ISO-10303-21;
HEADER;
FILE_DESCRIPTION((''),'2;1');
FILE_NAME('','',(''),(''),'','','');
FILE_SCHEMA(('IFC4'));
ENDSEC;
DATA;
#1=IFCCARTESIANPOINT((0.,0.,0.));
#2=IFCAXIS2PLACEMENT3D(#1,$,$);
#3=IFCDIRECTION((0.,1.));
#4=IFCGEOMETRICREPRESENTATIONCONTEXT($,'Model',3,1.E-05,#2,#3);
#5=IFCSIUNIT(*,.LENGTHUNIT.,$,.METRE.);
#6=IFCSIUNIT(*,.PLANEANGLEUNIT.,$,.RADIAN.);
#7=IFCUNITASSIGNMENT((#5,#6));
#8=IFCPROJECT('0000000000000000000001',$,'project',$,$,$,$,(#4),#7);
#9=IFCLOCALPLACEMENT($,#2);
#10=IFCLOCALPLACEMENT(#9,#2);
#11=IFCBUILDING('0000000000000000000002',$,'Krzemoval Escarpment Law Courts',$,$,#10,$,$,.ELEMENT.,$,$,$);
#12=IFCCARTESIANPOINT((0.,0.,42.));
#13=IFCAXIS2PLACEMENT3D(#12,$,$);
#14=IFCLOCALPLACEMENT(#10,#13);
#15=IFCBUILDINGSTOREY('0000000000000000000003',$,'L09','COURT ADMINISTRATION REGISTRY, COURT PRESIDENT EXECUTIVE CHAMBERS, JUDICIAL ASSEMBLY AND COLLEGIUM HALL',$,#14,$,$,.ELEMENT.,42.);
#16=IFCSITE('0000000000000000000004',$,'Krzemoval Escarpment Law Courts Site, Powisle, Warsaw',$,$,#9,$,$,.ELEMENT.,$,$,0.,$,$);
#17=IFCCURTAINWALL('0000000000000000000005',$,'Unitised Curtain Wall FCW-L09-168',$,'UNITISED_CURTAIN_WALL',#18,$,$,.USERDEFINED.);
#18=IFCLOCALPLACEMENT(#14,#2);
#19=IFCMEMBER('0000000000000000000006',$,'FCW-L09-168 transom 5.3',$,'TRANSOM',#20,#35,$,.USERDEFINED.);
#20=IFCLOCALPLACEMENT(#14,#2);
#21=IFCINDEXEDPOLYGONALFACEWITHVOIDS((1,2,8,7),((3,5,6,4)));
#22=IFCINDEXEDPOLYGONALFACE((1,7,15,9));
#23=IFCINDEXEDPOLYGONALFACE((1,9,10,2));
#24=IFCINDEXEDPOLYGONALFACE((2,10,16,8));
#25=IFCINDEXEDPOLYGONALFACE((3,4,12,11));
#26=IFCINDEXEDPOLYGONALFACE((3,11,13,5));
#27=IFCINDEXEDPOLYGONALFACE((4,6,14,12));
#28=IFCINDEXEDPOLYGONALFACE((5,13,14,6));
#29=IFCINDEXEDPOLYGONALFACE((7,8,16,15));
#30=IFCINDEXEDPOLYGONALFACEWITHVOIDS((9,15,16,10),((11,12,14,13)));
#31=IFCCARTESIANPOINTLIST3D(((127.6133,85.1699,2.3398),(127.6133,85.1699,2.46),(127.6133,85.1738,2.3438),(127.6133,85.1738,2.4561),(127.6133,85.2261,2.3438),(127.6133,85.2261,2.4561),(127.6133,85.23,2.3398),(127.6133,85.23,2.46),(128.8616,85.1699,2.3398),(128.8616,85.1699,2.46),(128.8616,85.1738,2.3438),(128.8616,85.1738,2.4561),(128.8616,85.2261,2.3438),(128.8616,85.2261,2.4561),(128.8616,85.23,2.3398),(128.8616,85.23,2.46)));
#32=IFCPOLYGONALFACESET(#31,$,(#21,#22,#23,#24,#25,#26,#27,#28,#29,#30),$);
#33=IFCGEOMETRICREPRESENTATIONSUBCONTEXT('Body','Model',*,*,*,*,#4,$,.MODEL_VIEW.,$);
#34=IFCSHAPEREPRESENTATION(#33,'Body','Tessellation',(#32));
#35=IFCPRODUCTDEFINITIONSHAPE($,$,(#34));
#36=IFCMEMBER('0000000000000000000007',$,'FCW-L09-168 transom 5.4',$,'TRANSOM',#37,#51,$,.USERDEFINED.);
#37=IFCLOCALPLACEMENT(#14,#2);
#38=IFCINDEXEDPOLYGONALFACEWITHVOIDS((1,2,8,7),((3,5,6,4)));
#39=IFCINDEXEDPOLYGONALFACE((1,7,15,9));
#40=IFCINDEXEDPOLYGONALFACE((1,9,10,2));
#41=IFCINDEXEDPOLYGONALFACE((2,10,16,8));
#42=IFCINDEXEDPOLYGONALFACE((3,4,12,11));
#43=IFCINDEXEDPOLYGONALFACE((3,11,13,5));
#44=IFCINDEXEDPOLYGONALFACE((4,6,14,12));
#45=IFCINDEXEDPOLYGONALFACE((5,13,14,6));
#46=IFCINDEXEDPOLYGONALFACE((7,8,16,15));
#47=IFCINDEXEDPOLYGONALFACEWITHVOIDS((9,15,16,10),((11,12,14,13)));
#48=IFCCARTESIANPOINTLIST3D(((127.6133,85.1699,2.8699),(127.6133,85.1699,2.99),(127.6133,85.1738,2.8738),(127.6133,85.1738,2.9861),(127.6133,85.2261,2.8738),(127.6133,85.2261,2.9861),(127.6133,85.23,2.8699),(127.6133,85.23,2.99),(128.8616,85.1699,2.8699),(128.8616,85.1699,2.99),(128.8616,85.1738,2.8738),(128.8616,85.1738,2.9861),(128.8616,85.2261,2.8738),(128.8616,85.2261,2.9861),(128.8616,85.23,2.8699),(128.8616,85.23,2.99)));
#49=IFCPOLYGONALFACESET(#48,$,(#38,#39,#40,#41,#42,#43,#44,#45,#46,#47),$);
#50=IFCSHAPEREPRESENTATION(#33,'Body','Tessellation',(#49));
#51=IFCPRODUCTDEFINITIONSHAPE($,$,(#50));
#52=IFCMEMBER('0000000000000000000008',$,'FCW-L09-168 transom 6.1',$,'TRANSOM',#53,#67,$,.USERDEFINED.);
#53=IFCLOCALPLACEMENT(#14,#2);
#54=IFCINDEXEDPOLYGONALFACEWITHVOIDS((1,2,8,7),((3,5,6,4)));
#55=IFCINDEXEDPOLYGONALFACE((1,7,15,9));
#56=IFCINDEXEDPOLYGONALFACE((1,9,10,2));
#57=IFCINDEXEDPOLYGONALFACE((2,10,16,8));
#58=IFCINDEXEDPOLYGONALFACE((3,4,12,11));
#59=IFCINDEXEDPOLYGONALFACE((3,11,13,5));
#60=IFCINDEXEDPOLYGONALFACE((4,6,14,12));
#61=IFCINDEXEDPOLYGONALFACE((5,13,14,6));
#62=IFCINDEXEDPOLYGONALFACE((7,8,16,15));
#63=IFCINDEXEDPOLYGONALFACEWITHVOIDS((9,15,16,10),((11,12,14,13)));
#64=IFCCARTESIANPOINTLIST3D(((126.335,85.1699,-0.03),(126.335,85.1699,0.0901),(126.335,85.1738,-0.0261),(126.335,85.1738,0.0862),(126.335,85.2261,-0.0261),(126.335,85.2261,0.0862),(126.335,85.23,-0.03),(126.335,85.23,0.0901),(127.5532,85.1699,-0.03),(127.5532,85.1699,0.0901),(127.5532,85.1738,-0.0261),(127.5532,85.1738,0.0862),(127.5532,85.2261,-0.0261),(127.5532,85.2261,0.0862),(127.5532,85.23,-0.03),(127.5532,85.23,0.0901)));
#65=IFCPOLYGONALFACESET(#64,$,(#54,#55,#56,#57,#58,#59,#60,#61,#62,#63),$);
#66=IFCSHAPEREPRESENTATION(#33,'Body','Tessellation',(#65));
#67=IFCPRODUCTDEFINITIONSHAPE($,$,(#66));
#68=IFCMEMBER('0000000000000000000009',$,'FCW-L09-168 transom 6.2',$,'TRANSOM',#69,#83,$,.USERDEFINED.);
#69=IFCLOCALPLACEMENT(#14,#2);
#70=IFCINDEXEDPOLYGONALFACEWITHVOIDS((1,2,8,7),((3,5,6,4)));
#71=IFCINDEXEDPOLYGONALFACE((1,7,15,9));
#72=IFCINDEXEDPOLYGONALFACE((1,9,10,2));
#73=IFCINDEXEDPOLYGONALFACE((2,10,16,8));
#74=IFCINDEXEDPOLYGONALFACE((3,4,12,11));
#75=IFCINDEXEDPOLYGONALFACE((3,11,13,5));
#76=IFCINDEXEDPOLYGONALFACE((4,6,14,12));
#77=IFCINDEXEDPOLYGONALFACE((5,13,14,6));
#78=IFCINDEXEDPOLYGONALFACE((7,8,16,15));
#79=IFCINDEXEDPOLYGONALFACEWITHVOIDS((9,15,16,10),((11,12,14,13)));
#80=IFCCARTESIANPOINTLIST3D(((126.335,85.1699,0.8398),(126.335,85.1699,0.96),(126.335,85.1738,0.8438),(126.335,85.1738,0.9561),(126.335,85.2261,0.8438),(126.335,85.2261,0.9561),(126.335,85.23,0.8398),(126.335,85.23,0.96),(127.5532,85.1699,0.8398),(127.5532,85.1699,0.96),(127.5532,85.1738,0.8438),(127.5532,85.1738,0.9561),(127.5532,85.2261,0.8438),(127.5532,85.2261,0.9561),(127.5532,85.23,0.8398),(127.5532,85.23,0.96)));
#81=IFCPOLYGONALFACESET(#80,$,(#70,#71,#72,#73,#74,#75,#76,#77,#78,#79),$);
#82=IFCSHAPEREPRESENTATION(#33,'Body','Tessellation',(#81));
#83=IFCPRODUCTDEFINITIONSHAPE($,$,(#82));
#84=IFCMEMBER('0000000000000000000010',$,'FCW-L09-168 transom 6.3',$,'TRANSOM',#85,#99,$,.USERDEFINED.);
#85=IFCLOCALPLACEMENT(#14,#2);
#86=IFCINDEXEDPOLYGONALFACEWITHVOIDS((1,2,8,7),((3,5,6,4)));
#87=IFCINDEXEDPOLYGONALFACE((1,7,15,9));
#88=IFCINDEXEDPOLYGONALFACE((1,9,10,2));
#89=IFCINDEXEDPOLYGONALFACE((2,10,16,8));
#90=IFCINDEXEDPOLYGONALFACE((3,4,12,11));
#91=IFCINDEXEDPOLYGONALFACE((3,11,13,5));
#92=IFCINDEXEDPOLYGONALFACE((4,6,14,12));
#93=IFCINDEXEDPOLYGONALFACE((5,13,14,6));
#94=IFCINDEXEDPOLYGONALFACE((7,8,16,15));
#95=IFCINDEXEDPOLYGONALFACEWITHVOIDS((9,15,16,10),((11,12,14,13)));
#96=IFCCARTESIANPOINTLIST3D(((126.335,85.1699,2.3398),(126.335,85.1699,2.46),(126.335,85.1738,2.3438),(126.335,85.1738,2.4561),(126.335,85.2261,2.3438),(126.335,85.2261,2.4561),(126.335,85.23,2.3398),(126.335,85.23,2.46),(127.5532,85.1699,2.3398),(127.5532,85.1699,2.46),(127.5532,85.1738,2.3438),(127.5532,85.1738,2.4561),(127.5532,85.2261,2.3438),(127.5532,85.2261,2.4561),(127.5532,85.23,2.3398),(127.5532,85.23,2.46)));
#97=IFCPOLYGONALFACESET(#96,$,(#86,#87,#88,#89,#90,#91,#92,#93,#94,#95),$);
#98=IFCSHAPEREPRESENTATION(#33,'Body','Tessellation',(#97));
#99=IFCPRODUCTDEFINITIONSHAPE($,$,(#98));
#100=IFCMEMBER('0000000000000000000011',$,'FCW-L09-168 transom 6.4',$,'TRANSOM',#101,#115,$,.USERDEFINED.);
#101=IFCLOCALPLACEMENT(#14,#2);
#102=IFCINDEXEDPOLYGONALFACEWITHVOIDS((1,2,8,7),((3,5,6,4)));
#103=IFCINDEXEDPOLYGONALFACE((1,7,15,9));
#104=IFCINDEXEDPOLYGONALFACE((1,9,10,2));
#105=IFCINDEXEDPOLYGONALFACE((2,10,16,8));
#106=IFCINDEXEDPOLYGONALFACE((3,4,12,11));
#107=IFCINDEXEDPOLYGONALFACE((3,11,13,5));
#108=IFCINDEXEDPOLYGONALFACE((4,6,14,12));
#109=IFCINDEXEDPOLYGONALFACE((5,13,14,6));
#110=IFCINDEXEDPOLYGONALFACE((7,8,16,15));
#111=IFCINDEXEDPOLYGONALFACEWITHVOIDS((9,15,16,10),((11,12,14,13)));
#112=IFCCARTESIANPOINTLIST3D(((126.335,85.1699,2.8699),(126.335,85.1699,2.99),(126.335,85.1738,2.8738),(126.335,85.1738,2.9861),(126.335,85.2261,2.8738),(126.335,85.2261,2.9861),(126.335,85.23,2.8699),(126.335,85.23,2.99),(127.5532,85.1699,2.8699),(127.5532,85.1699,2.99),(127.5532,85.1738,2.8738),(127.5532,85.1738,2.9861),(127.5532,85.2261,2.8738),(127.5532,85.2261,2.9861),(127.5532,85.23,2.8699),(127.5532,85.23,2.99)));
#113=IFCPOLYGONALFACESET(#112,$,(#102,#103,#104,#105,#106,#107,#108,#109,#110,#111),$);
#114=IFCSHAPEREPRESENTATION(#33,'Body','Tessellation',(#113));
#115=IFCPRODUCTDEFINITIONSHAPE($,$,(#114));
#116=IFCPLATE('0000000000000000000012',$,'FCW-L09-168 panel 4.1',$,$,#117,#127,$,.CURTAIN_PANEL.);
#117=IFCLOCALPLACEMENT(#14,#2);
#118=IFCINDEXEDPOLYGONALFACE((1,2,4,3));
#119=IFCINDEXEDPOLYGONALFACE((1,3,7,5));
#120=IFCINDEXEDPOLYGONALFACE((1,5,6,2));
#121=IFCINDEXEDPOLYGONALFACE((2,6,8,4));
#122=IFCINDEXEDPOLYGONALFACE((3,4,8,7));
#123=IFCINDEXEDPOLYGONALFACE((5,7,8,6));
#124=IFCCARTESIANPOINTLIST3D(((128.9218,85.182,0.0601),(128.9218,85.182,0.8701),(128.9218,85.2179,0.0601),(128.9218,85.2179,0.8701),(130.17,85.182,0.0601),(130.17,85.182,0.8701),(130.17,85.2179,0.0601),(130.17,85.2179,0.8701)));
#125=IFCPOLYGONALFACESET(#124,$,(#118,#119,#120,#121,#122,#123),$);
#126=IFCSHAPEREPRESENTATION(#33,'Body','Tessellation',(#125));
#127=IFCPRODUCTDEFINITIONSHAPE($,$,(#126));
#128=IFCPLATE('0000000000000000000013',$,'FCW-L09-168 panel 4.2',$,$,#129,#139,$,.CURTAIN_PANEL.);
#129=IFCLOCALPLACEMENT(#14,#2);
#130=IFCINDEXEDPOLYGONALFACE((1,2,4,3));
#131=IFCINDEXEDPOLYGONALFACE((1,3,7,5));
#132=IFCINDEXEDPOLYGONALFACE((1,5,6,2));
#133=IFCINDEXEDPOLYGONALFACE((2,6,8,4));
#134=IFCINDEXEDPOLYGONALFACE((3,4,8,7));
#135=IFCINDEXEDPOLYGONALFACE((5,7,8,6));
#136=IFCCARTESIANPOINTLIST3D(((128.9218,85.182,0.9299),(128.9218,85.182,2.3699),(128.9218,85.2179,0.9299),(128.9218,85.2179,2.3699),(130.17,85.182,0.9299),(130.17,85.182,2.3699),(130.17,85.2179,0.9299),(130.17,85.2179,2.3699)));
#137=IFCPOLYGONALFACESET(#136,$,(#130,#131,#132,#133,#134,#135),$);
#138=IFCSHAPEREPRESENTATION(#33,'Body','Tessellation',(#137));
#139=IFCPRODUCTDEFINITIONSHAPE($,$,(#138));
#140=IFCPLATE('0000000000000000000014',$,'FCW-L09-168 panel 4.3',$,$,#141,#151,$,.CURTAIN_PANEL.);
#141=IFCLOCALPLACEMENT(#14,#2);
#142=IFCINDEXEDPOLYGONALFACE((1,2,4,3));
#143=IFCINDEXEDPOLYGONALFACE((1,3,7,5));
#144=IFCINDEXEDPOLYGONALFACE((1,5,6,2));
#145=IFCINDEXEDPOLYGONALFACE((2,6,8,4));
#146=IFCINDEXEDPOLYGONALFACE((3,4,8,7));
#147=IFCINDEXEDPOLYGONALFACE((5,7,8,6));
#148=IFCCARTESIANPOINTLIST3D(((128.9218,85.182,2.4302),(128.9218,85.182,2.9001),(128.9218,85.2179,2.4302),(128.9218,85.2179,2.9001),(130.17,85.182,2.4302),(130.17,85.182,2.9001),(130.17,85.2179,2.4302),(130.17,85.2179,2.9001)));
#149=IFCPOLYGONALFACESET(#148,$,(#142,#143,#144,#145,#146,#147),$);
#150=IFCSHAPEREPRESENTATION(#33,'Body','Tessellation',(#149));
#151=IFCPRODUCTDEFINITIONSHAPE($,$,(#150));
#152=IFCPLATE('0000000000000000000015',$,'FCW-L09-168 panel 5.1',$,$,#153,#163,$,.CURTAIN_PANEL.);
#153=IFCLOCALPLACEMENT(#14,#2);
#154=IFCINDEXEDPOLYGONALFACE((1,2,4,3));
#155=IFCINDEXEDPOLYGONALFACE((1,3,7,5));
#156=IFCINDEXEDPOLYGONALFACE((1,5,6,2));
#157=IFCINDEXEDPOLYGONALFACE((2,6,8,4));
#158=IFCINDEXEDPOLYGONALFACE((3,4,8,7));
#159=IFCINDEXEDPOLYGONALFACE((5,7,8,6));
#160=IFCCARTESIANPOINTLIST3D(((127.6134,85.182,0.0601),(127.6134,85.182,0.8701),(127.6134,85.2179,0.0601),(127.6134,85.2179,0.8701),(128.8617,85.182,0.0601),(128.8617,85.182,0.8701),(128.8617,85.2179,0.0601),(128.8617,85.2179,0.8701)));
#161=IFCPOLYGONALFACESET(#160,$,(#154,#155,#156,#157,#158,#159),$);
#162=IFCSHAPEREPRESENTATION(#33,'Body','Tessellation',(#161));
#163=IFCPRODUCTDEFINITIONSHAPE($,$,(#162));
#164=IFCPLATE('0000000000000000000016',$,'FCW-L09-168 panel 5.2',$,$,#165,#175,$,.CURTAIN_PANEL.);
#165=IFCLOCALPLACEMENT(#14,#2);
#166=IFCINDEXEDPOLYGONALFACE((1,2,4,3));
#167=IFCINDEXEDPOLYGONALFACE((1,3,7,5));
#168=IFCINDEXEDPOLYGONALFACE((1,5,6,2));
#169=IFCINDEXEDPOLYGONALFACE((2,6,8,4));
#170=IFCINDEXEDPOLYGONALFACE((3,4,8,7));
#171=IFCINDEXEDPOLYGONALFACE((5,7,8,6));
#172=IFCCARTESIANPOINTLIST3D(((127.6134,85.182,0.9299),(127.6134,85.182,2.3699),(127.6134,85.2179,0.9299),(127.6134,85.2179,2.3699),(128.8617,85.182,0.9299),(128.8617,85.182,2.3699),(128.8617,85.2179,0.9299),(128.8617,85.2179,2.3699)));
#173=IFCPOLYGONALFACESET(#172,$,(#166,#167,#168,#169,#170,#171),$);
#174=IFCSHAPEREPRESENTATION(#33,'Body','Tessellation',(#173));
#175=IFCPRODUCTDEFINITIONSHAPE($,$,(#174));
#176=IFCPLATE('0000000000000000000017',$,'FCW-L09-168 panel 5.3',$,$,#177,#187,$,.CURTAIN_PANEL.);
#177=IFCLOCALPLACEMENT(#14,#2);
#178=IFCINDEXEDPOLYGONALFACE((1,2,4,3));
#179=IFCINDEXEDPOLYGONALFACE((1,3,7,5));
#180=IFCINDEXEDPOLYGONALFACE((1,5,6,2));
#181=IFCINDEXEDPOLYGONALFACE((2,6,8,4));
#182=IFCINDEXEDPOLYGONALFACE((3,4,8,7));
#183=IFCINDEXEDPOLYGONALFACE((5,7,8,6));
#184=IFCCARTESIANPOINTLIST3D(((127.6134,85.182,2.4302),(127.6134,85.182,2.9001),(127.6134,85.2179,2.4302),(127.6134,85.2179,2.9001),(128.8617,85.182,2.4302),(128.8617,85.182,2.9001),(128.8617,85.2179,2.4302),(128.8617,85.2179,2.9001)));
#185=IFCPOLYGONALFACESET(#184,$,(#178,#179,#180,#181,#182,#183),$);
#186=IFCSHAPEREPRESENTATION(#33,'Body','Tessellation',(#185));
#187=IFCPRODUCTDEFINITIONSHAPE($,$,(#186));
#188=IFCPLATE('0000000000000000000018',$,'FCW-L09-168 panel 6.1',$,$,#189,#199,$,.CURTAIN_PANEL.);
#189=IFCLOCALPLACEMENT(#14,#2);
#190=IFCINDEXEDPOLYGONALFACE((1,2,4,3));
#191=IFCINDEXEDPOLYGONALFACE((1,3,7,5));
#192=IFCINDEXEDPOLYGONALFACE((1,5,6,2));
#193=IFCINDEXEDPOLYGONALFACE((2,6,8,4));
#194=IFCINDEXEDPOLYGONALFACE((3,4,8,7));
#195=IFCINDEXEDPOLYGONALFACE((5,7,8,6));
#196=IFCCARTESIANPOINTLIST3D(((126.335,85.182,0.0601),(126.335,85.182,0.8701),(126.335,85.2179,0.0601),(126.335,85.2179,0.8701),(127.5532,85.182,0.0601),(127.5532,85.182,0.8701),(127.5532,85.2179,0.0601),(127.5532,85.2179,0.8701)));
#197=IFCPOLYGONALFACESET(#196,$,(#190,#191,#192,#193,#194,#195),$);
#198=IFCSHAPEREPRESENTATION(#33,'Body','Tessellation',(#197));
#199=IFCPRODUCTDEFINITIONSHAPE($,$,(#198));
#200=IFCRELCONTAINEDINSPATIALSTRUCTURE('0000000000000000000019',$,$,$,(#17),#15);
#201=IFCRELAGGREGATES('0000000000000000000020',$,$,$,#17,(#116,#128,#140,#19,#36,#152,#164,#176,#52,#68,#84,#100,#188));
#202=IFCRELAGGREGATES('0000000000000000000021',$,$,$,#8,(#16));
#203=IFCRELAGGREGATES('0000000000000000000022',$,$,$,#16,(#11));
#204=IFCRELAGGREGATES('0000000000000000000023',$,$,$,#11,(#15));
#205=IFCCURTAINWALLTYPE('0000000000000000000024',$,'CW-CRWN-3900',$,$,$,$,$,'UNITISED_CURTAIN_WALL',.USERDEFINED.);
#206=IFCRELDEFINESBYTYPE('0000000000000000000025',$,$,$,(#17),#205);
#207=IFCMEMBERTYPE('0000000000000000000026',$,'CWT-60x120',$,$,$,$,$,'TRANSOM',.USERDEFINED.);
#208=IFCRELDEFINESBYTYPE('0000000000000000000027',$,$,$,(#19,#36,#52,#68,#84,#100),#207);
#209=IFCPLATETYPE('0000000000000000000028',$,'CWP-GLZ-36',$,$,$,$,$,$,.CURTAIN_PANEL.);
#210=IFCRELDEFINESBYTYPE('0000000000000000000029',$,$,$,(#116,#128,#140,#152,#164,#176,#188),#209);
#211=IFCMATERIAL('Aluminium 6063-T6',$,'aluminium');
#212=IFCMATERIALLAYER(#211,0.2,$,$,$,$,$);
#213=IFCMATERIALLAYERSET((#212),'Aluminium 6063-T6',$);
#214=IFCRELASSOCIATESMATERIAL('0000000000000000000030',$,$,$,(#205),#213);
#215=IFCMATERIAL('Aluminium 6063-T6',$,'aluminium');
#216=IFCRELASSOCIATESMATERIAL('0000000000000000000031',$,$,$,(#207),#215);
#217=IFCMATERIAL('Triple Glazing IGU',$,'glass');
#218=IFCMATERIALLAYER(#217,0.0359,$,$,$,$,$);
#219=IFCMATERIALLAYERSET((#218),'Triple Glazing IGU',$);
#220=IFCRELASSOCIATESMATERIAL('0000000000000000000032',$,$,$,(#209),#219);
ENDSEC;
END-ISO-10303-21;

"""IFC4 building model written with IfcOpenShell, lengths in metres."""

from ifc_helpers import new_model, si_unit, direction, frame, origin, origin_2d, place, context, subcontext, project, spatial, rectangle, hollow_rectangle, extrude, material, layer, layer_set, material_profile, profile_set, type_object, element, aggregate, save


model = new_model("IFC4")

# Units and contexts
model_context = context("Model", 3, precision=1e-05, world=origin(), true_north=direction((0.0, 1.0)))
body_context = subcontext(model_context, "Body", "Model", "MODEL_VIEW")
ifc_project = project(units=[si_unit("LENGTHUNIT", "METRE"), si_unit("PLANEANGLEUNIT", "RADIAN")], contexts=[model_context])

# Site, building, storey
site_placement = place(None, origin())
site = spatial("IfcSite", under=ifc_project, at=site_placement, Name="Krzemoval Escarpment Law Courts Site, Powisle, Warsaw", CompositionType="ELEMENT", RefElevation=0.0)
building_placement = place(site_placement, origin())
building = spatial("IfcBuilding", under=site, at=building_placement, Name="Krzemoval Escarpment Law Courts", CompositionType="ELEMENT")
storey_placement = place(building_placement, frame((0.0, 0.0, 42.0)))
storey = spatial("IfcBuildingStorey", under=building, at=storey_placement, Name="L09", Description="COURT ADMINISTRATION REGISTRY, COURT PRESIDENT EXECUTIVE CHAMBERS, JUDICIAL ASSEMBLY AND COLLEGIUM HALL", CompositionType="ELEMENT", Elevation=42.0)

# Curtain wall, members, plates
ifc_material_1 = material(Name="Aluminium 6063-T6", Category="aluminium")
ifc_layer_1 = layer(ifc_material_1, 0.2)
ifc_layer_set_1 = layer_set([ifc_layer_1], Name="Aluminium 6063-T6")
curtain_wall_type = type_object("IfcCurtainWallType", Name="CW-CRWN-3900", ElementType="UNITISED_CURTAIN_WALL", PredefinedType="USERDEFINED", material=ifc_layer_set_1)
curtain_wall_placement = place(storey_placement, origin())
curtain_wall = element("IfcCurtainWall", 1, at=curtain_wall_placement, inside=storey, type_object=curtain_wall_type, Name="Unitised Curtain Wall FCW-L09-168", ObjectType="UNITISED_CURTAIN_WALL", PredefinedType="USERDEFINED")
ifc_material_2 = material(Name="Aluminium 6063-T6", Category="aluminium")
ifc_material_profile_1 = material_profile(ifc_material_2, hollow_rectangle(XDim=0.0601, YDim=0.1201, WallThickness=0.0039, at=origin_2d()), Name="ALU T60x120")
ifc_profile_set_1 = profile_set([ifc_material_profile_1], Name="Aluminium 6063-T6")
member_type_1 = type_object("IfcMemberType", Name="CWT-60x120", ElementType="TRANSOM", PredefinedType="USERDEFINED", material=ifc_profile_set_1)
member_1_placement = place(storey_placement, frame((128.8616, 85.2, 2.3999), z_axis=(-1.0, 0.0, 0.0), x_axis=(0.0, -1.0, 0.0)))
member_1 = element("IfcMember", 2, at=member_1_placement, type_object=member_type_1, Name="FCW-L09-168 transom 5.3", ObjectType="TRANSOM", PredefinedType="USERDEFINED", context=body_context, shape_type="SweptSolid", body=[
    extrude(hollow_rectangle(XDim=0.0601, YDim=0.1201, WallThickness=0.0039, at=origin_2d()), origin(), (0.0, 0.0, 1.0), 1.2483),
])
member_2_placement = place(storey_placement, frame((128.8616, 85.2, 2.9299), z_axis=(-1.0, 0.0, 0.0), x_axis=(0.0, -1.0, 0.0)))
member_2 = element("IfcMember", 3, at=member_2_placement, type_object=member_type_1, Name="FCW-L09-168 transom 5.4", ObjectType="TRANSOM", PredefinedType="USERDEFINED", context=body_context, shape_type="SweptSolid", body=[
    extrude(hollow_rectangle(XDim=0.0601, YDim=0.1201, WallThickness=0.0039, at=origin_2d()), origin(), (0.0, 0.0, 1.0), 1.2483),
])
member_3_placement = place(storey_placement, frame((127.5532, 85.2, 0.03), z_axis=(-1.0, 0.0, 0.0), x_axis=(0.0, -1.0, 0.0)))
member_3 = element("IfcMember", 4, at=member_3_placement, type_object=member_type_1, Name="FCW-L09-168 transom 6.1", ObjectType="TRANSOM", PredefinedType="USERDEFINED", context=body_context, shape_type="SweptSolid", body=[
    extrude(hollow_rectangle(XDim=0.0601, YDim=0.1201, WallThickness=0.0039, at=origin_2d()), origin(), (0.0, 0.0, 1.0), 1.2183),
])
member_4_placement = place(storey_placement, frame((127.5532, 85.2, 0.8999), z_axis=(-1.0, 0.0, 0.0), x_axis=(0.0, -1.0, 0.0)))
member_4 = element("IfcMember", 5, at=member_4_placement, type_object=member_type_1, Name="FCW-L09-168 transom 6.2", ObjectType="TRANSOM", PredefinedType="USERDEFINED", context=body_context, shape_type="SweptSolid", body=[
    extrude(hollow_rectangle(XDim=0.0601, YDim=0.1201, WallThickness=0.0039, at=origin_2d()), origin(), (0.0, 0.0, 1.0), 1.2183),
])
member_5_placement = place(storey_placement, frame((127.5532, 85.2, 2.3999), z_axis=(-1.0, 0.0, 0.0), x_axis=(0.0, -1.0, 0.0)))
member_5 = element("IfcMember", 6, at=member_5_placement, type_object=member_type_1, Name="FCW-L09-168 transom 6.3", ObjectType="TRANSOM", PredefinedType="USERDEFINED", context=body_context, shape_type="SweptSolid", body=[
    extrude(hollow_rectangle(XDim=0.0601, YDim=0.1201, WallThickness=0.0039, at=origin_2d()), origin(), (0.0, 0.0, 1.0), 1.2183),
])
member_6_placement = place(storey_placement, frame((127.5532, 85.2, 2.9299), z_axis=(-1.0, 0.0, 0.0), x_axis=(0.0, -1.0, 0.0)))
member_6 = element("IfcMember", 7, at=member_6_placement, type_object=member_type_1, Name="FCW-L09-168 transom 6.4", ObjectType="TRANSOM", PredefinedType="USERDEFINED", context=body_context, shape_type="SweptSolid", body=[
    extrude(hollow_rectangle(XDim=0.0601, YDim=0.1201, WallThickness=0.0039, at=origin_2d()), origin(), (0.0, 0.0, 1.0), 1.2183),
])
ifc_material_3 = material(Name="Triple Glazing IGU", Category="glass")
ifc_layer_2 = layer(ifc_material_3, 0.0359)
ifc_layer_set_2 = layer_set([ifc_layer_2], Name="Triple Glazing IGU")
plate_type = type_object("IfcPlateType", Name="CWP-GLZ-36", PredefinedType="CURTAIN_PANEL", material=ifc_layer_set_2)
plate_1_placement = place(storey_placement, frame((129.5459, 85.2, 0.0601), z_axis=(0.0, 0.0, 1.0), x_axis=(-1.0, 0.0, 0.0)))
plate_1 = element("IfcPlate", 8, at=plate_1_placement, type_object=plate_type, Name="FCW-L09-168 panel 4.1", PredefinedType="CURTAIN_PANEL", context=body_context, shape_type="SweptSolid", body=[
    extrude(rectangle(XDim=1.2483, YDim=0.0359, at=origin_2d()), origin(), (0.0, 0.0, 1.0), 0.8101),
])
plate_2_placement = place(storey_placement, frame((129.5459, 85.2, 0.9299), z_axis=(0.0, 0.0, 1.0), x_axis=(-1.0, 0.0, 0.0)))
plate_2 = element("IfcPlate", 9, at=plate_2_placement, type_object=plate_type, Name="FCW-L09-168 panel 4.2", PredefinedType="CURTAIN_PANEL", context=body_context, shape_type="SweptSolid", body=[
    extrude(rectangle(XDim=1.2483, YDim=0.0359, at=origin_2d()), origin(), (0.0, 0.0, 1.0), 1.4399),
])
plate_3_placement = place(storey_placement, frame((129.5459, 85.2, 2.4302), z_axis=(0.0, 0.0, 1.0), x_axis=(-1.0, 0.0, 0.0)))
plate_3 = element("IfcPlate", 10, at=plate_3_placement, type_object=plate_type, Name="FCW-L09-168 panel 4.3", PredefinedType="CURTAIN_PANEL", context=body_context, shape_type="SweptSolid", body=[
    extrude(rectangle(XDim=1.2483, YDim=0.0359, at=origin_2d()), origin(), (0.0, 0.0, 1.0), 0.47),
])
plate_4_placement = place(storey_placement, frame((128.2375, 85.2, 0.0601), z_axis=(0.0, 0.0, 1.0), x_axis=(-1.0, 0.0, 0.0)))
plate_4 = element("IfcPlate", 11, at=plate_4_placement, type_object=plate_type, Name="FCW-L09-168 panel 5.1", PredefinedType="CURTAIN_PANEL", context=body_context, shape_type="SweptSolid", body=[
    extrude(rectangle(XDim=1.2483, YDim=0.0359, at=origin_2d()), origin(), (0.0, 0.0, 1.0), 0.8101),
])
plate_5_placement = place(storey_placement, frame((128.2375, 85.2, 0.9299), z_axis=(0.0, 0.0, 1.0), x_axis=(-1.0, 0.0, 0.0)))
plate_5 = element("IfcPlate", 12, at=plate_5_placement, type_object=plate_type, Name="FCW-L09-168 panel 5.2", PredefinedType="CURTAIN_PANEL", context=body_context, shape_type="SweptSolid", body=[
    extrude(rectangle(XDim=1.2483, YDim=0.0359, at=origin_2d()), origin(), (0.0, 0.0, 1.0), 1.4399),
])
plate_6_placement = place(storey_placement, frame((128.2375, 85.2, 2.4302), z_axis=(0.0, 0.0, 1.0), x_axis=(-1.0, 0.0, 0.0)))
plate_6 = element("IfcPlate", 13, at=plate_6_placement, type_object=plate_type, Name="FCW-L09-168 panel 5.3", PredefinedType="CURTAIN_PANEL", context=body_context, shape_type="SweptSolid", body=[
    extrude(rectangle(XDim=1.2483, YDim=0.0359, at=origin_2d()), origin(), (0.0, 0.0, 1.0), 0.47),
])
plate_7_placement = place(storey_placement, frame((126.9441, 85.2, 0.0601), z_axis=(0.0, 0.0, 1.0), x_axis=(-1.0, 0.0, 0.0)))
plate_7 = element("IfcPlate", 14, at=plate_7_placement, type_object=plate_type, Name="FCW-L09-168 panel 6.1", PredefinedType="CURTAIN_PANEL", context=body_context, shape_type="SweptSolid", body=[
    extrude(rectangle(XDim=1.2183, YDim=0.0359, at=origin_2d()), origin(), (0.0, 0.0, 1.0), 0.8101),
])
aggregate(curtain_wall, [plate_1, plate_2, plate_3, member_1, member_2, plate_4, plate_5, plate_6, member_3, member_4, member_5, member_6, plate_7])

save(model, "model.ifc")
